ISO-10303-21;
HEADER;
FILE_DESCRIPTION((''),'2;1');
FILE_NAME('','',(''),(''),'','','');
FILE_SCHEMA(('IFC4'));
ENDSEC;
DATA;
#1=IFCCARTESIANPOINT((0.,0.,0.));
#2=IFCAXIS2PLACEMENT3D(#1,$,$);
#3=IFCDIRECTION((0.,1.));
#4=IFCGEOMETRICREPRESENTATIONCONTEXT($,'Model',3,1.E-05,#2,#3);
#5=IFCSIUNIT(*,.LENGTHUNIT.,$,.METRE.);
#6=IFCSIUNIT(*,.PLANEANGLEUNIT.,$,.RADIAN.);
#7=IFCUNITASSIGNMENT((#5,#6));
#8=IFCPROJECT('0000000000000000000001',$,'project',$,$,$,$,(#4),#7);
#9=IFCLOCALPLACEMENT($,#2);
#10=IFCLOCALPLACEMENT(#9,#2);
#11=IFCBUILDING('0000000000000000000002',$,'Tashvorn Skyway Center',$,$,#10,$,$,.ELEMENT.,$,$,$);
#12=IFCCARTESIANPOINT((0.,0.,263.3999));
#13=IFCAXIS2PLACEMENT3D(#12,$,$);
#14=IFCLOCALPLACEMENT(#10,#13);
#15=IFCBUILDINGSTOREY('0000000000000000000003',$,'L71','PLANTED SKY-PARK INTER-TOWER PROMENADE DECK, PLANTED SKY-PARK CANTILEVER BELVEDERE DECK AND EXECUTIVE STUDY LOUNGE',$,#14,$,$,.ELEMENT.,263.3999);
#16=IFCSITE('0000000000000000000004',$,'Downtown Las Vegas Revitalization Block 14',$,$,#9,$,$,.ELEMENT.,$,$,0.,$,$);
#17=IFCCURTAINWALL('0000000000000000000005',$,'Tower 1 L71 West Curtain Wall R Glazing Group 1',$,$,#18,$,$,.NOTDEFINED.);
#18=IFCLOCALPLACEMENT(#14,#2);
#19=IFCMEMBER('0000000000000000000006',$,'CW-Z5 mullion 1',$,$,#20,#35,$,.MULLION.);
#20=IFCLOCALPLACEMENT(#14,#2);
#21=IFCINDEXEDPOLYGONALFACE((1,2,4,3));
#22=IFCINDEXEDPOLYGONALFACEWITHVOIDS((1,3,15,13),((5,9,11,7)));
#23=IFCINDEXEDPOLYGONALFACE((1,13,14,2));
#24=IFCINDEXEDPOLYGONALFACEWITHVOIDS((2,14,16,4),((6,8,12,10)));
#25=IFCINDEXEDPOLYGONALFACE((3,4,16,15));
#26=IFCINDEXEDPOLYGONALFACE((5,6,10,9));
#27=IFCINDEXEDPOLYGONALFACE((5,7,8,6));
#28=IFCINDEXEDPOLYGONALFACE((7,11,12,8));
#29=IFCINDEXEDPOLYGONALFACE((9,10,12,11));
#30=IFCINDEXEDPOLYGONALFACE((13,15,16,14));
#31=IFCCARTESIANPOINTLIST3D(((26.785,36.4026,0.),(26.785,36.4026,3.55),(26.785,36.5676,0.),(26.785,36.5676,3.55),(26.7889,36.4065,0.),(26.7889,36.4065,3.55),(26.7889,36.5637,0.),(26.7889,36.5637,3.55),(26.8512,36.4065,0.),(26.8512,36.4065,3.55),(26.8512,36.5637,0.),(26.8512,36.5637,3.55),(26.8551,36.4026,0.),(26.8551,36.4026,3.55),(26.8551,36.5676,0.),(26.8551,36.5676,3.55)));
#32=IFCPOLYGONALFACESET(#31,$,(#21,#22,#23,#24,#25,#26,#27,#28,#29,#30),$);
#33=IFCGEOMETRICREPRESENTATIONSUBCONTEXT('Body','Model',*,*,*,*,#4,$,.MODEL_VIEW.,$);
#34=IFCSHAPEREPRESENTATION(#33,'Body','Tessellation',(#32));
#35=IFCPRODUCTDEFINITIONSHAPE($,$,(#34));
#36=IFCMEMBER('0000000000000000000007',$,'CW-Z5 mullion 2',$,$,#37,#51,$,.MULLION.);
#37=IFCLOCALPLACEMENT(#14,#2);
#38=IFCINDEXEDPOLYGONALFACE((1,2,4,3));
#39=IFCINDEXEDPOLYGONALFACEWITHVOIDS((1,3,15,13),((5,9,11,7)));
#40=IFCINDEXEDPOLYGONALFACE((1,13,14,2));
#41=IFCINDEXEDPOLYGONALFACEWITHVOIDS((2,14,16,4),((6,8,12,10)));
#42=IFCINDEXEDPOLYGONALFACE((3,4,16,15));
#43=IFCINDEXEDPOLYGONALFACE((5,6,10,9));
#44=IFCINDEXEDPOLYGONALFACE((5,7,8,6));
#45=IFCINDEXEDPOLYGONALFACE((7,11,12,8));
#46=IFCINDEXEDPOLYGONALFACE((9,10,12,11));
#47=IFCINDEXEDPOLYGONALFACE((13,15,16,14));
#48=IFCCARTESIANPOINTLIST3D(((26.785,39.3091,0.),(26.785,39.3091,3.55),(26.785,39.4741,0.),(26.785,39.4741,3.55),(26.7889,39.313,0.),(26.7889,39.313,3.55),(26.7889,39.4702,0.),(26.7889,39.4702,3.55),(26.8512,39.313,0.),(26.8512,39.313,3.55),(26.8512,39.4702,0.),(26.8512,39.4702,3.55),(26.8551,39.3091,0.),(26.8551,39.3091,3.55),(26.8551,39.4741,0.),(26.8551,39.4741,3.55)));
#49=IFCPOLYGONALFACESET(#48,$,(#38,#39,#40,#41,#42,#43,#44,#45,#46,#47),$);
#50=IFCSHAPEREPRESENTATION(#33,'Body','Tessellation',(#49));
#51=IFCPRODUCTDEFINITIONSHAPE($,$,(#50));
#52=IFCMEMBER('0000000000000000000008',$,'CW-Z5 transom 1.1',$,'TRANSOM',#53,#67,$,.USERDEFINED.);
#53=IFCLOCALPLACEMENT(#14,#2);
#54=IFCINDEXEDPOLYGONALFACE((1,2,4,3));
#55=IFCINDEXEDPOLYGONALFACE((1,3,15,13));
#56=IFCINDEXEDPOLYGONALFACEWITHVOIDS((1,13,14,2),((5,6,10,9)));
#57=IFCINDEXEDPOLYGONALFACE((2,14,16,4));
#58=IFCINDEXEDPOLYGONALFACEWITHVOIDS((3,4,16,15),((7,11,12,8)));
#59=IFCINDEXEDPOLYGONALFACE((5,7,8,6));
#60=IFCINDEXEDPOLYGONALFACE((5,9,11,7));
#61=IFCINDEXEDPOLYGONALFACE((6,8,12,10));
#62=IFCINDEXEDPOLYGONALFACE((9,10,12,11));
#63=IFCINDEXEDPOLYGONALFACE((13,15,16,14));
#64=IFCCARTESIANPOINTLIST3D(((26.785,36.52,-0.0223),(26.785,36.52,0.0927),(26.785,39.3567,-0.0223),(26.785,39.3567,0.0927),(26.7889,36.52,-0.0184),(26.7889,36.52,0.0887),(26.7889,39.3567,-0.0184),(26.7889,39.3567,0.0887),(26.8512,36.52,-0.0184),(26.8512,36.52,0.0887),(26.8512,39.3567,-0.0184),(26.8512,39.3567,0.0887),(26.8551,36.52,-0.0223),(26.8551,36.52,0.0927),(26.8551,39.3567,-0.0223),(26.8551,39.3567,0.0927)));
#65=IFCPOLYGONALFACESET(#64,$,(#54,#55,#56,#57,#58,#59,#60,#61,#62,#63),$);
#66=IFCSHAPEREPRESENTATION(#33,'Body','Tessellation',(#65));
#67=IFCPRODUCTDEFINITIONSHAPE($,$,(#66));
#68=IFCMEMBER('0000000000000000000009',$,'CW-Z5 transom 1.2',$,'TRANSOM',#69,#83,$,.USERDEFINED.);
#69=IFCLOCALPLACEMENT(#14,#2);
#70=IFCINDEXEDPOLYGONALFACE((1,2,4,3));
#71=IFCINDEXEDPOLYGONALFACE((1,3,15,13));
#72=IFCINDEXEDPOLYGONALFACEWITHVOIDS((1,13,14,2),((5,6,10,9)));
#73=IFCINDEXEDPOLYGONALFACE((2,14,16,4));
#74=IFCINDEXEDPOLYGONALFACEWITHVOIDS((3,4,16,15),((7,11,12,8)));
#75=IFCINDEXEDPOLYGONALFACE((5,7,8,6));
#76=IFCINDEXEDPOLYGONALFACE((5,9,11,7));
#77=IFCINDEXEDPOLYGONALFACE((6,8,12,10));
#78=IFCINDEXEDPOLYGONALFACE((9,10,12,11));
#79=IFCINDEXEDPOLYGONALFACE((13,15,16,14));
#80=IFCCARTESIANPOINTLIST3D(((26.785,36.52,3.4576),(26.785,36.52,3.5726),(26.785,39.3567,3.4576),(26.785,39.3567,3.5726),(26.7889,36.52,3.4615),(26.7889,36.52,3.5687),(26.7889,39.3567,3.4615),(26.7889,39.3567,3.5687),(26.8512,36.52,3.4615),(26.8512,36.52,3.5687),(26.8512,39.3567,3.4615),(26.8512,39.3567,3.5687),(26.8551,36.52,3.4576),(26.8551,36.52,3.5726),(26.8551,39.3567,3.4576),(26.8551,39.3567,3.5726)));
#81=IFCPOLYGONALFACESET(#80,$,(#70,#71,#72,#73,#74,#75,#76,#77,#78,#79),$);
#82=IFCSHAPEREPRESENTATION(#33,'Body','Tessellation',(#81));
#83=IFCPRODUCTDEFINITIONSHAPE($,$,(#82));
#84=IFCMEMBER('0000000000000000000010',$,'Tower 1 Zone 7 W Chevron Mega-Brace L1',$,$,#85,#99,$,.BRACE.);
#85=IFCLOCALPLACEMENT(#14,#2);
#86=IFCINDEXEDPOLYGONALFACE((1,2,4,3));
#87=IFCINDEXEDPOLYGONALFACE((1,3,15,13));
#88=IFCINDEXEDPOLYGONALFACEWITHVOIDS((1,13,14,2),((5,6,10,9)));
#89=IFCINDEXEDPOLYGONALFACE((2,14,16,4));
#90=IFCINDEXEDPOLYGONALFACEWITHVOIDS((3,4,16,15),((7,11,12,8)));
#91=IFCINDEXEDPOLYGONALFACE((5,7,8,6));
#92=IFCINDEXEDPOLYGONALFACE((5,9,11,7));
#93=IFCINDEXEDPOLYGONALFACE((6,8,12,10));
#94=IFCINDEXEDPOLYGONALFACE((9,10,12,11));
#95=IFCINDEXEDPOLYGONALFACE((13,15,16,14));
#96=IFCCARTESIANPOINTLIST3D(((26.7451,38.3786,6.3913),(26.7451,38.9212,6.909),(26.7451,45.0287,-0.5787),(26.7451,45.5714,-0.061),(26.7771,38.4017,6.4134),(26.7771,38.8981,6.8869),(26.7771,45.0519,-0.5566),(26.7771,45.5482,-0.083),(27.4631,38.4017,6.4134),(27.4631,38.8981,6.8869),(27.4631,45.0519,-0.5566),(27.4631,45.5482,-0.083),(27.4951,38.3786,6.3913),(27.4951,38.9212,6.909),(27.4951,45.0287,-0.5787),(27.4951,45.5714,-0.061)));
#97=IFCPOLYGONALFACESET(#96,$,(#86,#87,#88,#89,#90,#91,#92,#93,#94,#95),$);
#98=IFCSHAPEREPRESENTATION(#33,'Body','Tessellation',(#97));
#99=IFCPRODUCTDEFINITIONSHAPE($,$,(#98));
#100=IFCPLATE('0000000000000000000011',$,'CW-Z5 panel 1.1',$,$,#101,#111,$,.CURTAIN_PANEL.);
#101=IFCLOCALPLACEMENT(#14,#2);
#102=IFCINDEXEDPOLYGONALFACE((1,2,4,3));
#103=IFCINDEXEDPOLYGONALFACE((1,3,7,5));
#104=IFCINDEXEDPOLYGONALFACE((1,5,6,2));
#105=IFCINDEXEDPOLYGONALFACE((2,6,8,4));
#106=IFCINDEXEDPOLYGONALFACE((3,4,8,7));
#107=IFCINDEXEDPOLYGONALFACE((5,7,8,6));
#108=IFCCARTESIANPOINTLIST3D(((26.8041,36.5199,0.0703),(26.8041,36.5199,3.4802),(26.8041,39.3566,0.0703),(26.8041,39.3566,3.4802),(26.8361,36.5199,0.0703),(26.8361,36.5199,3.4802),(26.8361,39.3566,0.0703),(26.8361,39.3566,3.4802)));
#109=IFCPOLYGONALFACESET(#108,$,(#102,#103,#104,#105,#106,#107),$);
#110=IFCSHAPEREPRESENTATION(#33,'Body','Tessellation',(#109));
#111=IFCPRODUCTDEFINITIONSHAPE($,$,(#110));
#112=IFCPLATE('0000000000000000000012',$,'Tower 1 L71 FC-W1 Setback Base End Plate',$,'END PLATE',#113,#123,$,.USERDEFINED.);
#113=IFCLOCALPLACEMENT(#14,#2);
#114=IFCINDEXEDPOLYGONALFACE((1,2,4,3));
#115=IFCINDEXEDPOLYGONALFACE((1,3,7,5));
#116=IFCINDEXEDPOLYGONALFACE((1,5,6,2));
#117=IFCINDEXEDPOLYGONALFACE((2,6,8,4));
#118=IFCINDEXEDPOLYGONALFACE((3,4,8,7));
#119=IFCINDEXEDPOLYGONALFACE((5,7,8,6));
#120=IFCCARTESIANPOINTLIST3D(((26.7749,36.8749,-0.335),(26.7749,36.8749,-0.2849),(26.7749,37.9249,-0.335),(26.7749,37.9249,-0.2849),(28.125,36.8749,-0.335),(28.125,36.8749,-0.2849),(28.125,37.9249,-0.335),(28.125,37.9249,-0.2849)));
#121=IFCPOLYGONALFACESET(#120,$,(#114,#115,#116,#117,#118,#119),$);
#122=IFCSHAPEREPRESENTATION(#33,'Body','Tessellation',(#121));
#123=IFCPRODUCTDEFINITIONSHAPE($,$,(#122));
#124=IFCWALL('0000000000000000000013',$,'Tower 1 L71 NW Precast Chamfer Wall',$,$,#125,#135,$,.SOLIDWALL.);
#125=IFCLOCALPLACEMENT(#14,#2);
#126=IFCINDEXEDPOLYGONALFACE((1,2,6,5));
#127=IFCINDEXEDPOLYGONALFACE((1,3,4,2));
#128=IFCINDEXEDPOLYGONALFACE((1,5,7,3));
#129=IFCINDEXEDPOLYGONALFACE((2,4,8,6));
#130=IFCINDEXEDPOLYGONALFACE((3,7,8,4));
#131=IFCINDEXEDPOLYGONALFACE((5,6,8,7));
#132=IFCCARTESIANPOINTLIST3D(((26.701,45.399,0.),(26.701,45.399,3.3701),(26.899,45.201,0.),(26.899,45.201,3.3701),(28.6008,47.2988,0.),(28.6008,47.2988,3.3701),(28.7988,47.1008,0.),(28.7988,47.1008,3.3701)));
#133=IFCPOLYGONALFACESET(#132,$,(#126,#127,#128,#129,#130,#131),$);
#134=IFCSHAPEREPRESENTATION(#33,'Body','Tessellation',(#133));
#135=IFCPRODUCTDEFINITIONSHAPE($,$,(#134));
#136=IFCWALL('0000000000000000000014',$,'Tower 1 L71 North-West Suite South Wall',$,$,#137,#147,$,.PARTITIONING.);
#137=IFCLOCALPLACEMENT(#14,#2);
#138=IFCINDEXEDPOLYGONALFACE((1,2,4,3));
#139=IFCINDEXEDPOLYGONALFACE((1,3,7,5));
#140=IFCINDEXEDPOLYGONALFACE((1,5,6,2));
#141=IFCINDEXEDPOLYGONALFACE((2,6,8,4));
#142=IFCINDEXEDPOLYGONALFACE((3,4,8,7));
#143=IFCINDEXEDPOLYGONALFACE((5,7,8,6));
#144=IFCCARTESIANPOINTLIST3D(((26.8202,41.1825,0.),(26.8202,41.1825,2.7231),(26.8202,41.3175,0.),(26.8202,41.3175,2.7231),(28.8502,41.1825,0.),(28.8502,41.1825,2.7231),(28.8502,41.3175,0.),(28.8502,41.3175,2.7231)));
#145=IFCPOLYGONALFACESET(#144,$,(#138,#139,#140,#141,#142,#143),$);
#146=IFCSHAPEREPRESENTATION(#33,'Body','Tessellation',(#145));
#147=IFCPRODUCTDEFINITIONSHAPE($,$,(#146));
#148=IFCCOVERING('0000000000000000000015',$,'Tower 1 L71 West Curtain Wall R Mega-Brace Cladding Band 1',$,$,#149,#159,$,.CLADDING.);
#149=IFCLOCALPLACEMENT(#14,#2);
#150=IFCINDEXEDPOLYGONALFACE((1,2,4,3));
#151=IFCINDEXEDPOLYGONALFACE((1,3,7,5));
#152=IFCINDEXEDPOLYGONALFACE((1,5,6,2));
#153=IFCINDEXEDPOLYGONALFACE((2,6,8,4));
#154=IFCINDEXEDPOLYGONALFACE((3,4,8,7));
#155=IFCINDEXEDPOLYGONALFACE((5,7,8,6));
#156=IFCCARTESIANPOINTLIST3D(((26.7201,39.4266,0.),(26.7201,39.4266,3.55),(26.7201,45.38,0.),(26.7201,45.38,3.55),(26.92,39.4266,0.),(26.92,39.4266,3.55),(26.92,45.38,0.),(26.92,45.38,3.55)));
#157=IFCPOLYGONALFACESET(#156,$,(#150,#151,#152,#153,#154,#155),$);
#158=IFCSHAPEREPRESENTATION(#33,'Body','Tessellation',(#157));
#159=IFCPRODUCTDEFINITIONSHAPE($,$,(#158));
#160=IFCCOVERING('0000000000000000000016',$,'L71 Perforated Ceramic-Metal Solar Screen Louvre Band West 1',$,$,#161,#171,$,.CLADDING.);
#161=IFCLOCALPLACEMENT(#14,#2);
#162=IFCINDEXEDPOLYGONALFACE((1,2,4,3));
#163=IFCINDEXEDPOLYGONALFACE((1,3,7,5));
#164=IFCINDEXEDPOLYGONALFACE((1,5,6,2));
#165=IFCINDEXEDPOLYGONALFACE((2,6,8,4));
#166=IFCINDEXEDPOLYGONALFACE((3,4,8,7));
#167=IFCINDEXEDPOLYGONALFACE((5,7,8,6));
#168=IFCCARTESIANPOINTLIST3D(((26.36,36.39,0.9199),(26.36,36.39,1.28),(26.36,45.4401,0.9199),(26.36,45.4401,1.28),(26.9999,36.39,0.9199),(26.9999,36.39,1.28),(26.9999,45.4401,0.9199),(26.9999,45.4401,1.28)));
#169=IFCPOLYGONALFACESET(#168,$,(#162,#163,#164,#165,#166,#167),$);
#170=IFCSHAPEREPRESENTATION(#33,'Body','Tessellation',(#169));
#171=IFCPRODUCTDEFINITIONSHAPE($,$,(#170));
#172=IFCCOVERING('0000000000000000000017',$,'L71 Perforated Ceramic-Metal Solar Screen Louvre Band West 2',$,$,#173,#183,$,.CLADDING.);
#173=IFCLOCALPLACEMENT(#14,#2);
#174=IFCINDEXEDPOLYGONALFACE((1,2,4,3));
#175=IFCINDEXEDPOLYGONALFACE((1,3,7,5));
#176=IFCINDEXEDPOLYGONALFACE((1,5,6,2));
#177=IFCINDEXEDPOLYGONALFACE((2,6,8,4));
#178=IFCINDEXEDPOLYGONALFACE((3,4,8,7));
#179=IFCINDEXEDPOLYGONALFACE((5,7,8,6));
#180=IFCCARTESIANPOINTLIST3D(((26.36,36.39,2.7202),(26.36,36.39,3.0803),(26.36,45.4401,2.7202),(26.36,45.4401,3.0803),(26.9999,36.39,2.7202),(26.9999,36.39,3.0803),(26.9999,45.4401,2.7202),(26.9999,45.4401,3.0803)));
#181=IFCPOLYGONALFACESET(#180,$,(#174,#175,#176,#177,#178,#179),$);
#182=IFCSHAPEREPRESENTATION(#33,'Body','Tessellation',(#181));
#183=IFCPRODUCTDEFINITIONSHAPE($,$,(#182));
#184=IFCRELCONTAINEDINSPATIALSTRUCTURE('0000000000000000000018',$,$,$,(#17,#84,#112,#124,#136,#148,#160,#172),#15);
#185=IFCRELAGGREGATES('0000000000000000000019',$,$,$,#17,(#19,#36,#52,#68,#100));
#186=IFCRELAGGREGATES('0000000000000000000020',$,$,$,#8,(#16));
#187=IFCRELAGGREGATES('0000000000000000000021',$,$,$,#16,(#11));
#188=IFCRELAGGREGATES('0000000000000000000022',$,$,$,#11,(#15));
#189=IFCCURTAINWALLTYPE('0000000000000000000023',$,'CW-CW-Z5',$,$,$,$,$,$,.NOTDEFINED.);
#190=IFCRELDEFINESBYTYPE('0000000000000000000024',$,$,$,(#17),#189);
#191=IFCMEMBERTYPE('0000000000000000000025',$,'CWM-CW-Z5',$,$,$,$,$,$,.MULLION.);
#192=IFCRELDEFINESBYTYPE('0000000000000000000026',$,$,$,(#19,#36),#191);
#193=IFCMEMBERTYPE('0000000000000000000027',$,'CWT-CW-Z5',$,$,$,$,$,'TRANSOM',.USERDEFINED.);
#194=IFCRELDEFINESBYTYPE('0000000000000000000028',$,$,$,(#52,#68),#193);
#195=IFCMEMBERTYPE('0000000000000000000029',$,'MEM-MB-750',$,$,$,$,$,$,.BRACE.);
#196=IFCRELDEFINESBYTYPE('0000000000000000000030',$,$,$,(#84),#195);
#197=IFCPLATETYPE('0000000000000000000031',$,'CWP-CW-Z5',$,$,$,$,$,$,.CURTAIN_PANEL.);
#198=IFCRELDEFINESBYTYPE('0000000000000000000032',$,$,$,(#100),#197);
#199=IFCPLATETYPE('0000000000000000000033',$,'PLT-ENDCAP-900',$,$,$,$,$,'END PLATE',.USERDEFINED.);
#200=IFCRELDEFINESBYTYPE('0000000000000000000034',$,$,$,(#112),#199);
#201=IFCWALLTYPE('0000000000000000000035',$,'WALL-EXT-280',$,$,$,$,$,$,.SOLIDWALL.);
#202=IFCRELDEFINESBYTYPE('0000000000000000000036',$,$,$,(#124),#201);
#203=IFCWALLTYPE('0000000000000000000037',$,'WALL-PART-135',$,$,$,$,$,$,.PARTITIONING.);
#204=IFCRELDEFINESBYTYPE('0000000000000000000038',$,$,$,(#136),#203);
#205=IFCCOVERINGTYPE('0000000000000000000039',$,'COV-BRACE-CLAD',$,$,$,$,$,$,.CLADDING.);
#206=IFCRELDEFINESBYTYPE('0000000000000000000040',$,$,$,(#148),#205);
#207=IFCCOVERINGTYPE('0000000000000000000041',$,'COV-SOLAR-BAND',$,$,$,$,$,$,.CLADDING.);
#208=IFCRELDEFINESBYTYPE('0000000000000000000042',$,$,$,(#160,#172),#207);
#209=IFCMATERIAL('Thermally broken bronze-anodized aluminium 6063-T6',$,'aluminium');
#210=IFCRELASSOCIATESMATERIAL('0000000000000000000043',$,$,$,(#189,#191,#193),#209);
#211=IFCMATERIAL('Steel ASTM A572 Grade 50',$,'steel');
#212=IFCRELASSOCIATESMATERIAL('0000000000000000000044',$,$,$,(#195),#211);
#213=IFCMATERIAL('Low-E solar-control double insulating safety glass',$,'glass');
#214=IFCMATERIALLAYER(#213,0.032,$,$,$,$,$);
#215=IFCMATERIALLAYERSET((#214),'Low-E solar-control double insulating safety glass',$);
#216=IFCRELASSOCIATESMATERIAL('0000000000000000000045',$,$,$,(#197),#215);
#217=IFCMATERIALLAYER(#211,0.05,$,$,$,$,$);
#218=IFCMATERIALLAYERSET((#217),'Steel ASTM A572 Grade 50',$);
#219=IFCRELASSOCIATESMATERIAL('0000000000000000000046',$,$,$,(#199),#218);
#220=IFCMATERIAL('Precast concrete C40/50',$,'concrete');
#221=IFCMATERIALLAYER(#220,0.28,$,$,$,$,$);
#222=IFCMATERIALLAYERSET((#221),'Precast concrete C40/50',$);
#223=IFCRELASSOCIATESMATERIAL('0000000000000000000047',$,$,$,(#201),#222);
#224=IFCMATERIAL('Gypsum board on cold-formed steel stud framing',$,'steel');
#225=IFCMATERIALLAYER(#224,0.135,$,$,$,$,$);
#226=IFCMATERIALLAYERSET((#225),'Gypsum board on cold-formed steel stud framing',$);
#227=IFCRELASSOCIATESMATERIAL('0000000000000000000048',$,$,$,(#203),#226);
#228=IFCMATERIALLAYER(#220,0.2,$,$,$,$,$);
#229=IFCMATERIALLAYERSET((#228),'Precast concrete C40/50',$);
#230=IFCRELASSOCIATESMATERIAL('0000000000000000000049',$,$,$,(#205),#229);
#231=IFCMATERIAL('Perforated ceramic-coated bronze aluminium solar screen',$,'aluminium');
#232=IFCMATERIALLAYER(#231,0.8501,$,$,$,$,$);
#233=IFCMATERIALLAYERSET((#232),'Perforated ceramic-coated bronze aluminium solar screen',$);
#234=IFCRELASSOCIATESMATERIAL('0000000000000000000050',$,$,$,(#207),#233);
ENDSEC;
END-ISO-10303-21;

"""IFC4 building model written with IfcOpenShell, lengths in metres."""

from ifc_helpers import new_model, si_unit, direction, frame, frame_2d, origin, origin_2d, place, context, subcontext, project, spatial, rectangle, hollow_rectangle, extrude, material, layer, layer_set, material_profile, profile_set, type_object, element, aggregate, save


model = new_model("IFC4")

# Units and contexts
model_context = context("Model", 3, precision=1e-05, world=origin(), true_north=direction((0.0, 1.0)))
body_context = subcontext(model_context, "Body", "Model", "MODEL_VIEW")
ifc_project = project(units=[si_unit("LENGTHUNIT", "METRE"), si_unit("PLANEANGLEUNIT", "RADIAN")], contexts=[model_context])

# Site, building, storey
site_placement = place(None, origin())
site = spatial("IfcSite", under=ifc_project, at=site_placement, Name="Downtown Las Vegas Revitalization Block 14", CompositionType="ELEMENT", RefElevation=0.0)
building_placement = place(site_placement, origin())
building = spatial("IfcBuilding", under=site, at=building_placement, Name="Tashvorn Skyway Center", CompositionType="ELEMENT")
storey_placement = place(building_placement, frame((0.0, 0.0, 263.3999)))
storey = spatial("IfcBuildingStorey", under=building, at=storey_placement, Name="L71", Description="PLANTED SKY-PARK INTER-TOWER PROMENADE DECK, PLANTED SKY-PARK CANTILEVER BELVEDERE DECK AND EXECUTIVE STUDY LOUNGE", CompositionType="ELEMENT", Elevation=263.3999)

# Shared definitions
ifc_material_1 = material(Name="Steel ASTM A572 Grade 50", Category="steel")

# Curtain wall, members
ifc_material_2 = material(Name="Thermally broken bronze-anodized aluminium 6063-T6", Category="aluminium")
curtain_wall_type = type_object("IfcCurtainWallType", Name="CW-CW-Z5", PredefinedType="NOTDEFINED", material=ifc_material_2)
curtain_wall_placement = place(storey_placement, origin())
curtain_wall = element("IfcCurtainWall", 1, at=curtain_wall_placement, inside=storey, type_object=curtain_wall_type, Name="Tower 1 L71 West Curtain Wall R Glazing Group 1", PredefinedType="NOTDEFINED")
ifc_material_profile_1 = material_profile(ifc_material_2, hollow_rectangle(XDim=0.0701, YDim=0.165, WallThickness=0.0039, at=origin_2d()), Name="ALU-MULL-70x165")
ifc_profile_set_1 = profile_set([ifc_material_profile_1], Name="Thermally broken bronze-anodized aluminium 6063-T6")
member_type_1 = type_object("IfcMemberType", Name="CWM-CW-Z5", PredefinedType="MULLION", material=ifc_profile_set_1)
member_1_placement = place(storey_placement, frame((26.8201, 36.4851, 0.0), z_axis=(0.0, 0.0, 1.0), x_axis=(-1.0, 0.0, 0.0)))
member_1 = element("IfcMember", 2, at=member_1_placement, type_object=member_type_1, Name="CW-Z5 mullion 1", PredefinedType="MULLION", context=body_context, shape_type="SweptSolid", body=[
    extrude(hollow_rectangle(XDim=0.0701, YDim=0.165, WallThickness=0.0039, at=origin_2d()), origin(), (0.0, 0.0, 1.0), 3.55),
])
member_2_placement = place(storey_placement, frame((26.8201, 39.3916, 0.0), z_axis=(0.0, 0.0, 1.0), x_axis=(-1.0, 0.0, 0.0)))
member_2 = element("IfcMember", 3, at=member_2_placement, type_object=member_type_1, Name="CW-Z5 mullion 2", PredefinedType="MULLION", context=body_context, shape_type="SweptSolid", body=[
    extrude(hollow_rectangle(XDim=0.0701, YDim=0.165, WallThickness=0.0039, at=origin_2d()), origin(), (0.0, 0.0, 1.0), 3.55),
])
ifc_material_profile_2 = material_profile(ifc_material_2, hollow_rectangle(XDim=0.0701, YDim=0.115, WallThickness=0.0039, at=origin_2d()), Name="ALU-TRAN-70x115")
ifc_profile_set_2 = profile_set([ifc_material_profile_2], Name="Thermally broken bronze-anodized aluminium 6063-T6")
member_type_2 = type_object("IfcMemberType", Name="CWT-CW-Z5", ElementType="TRANSOM", PredefinedType="USERDEFINED", material=ifc_profile_set_2)
member_3_placement = place(storey_placement, frame((26.8201, 36.52, 0.0352), z_axis=(0.0, 1.0, 0.0), x_axis=(-1.0, 0.0, 0.0)))
member_3 = element("IfcMember", 4, at=member_3_placement, type_object=member_type_2, Name="CW-Z5 transom 1.1", ObjectType="TRANSOM", PredefinedType="USERDEFINED", context=body_context, shape_type="SweptSolid", body=[
    extrude(hollow_rectangle(XDim=0.0701, YDim=0.115, WallThickness=0.0039, at=origin_2d()), origin(), (0.0, 0.0, 1.0), 2.8367),
])
member_4_placement = place(storey_placement, frame((26.8201, 36.52, 3.5151), z_axis=(0.0, 1.0, 0.0), x_axis=(-1.0, 0.0, 0.0)))
member_4 = element("IfcMember", 5, at=member_4_placement, type_object=member_type_2, Name="CW-Z5 transom 1.2", ObjectType="TRANSOM", PredefinedType="USERDEFINED", context=body_context, shape_type="SweptSolid", body=[
    extrude(hollow_rectangle(XDim=0.0701, YDim=0.115, WallThickness=0.0039, at=origin_2d()), origin(), (0.0, 0.0, 1.0), 2.8367),
])

# Member
ifc_material_profile_3 = material_profile(ifc_material_1, hollow_rectangle(XDim=0.75, YDim=0.75, WallThickness=0.032, at=origin_2d()), Name="BOX750x750x32")
ifc_profile_set_3 = profile_set([ifc_material_profile_3], Name="Steel ASTM A572 Grade 50")
member_type_3 = type_object("IfcMemberType", Name="MEM-MB-750", PredefinedType="BRACE", material=ifc_profile_set_3)
member_5_placement = place(storey_placement, frame((27.1201, 45.3, -0.3198), z_axis=(0.0, -0.690312, 0.723511), x_axis=(1.0, 0.0, 0.0)))
element("IfcMember", 6, at=member_5_placement, inside=storey, type_object=member_type_3, Name="Tower 1 Zone 7 W Chevron Mega-Brace L1", PredefinedType="BRACE", context=body_context, shape_type="SweptSolid", body=[
    extrude(hollow_rectangle(XDim=0.75, YDim=0.75, WallThickness=0.032, at=origin_2d()), origin(), (0.0, 0.0, 1.0), 9.6335),
])

# Plates
ifc_material_3 = material(Name="Low-E solar-control double insulating safety glass", Category="glass")
ifc_layer_1 = layer(ifc_material_3, 0.032)
ifc_layer_set_1 = layer_set([ifc_layer_1], Name="Low-E solar-control double insulating safety glass")
plate_type_1 = type_object("IfcPlateType", Name="CWP-CW-Z5", PredefinedType="CURTAIN_PANEL", material=ifc_layer_set_1)
plate_1_placement = place(storey_placement, frame((26.8201, 37.9382, 0.0703), z_axis=(0.0, 0.0, 1.0), x_axis=(0.0, 1.0, 0.0)))
plate_1 = element("IfcPlate", 7, at=plate_1_placement, type_object=plate_type_1, Name="CW-Z5 panel 1.1", PredefinedType="CURTAIN_PANEL", context=body_context, shape_type="SweptSolid", body=[
    extrude(rectangle(XDim=2.8367, YDim=0.032, at=origin_2d()), origin(), (0.0, 0.0, 1.0), 3.4099),
])
aggregate(curtain_wall, [member_1, member_2, member_3, member_4, plate_1])
ifc_layer_2 = layer(ifc_material_1, 0.05)
ifc_layer_set_2 = layer_set([ifc_layer_2], Name="Steel ASTM A572 Grade 50")
plate_type_2 = type_object("IfcPlateType", Name="PLT-ENDCAP-900", ElementType="END PLATE", PredefinedType="USERDEFINED", material=ifc_layer_set_2)
plate_2_placement = place(storey_placement, frame((27.45, 37.3999, -0.335), z_axis=(0.0, 0.0, 1.0), x_axis=(1.0, 0.0, 0.0)))
element("IfcPlate", 8, at=plate_2_placement, inside=storey, type_object=plate_type_2, Name="Tower 1 L71 FC-W1 Setback Base End Plate", ObjectType="END PLATE", PredefinedType="USERDEFINED", context=body_context, shape_type="SweptSolid", body=[
    extrude(rectangle(XDim=1.3501, YDim=1.05, at=origin_2d()), origin(), (0.0, 0.0, 1.0), 0.05),
])

# Walls
ifc_material_4 = material(Name="Precast concrete C40/50", Category="concrete")
ifc_layer_3 = layer(ifc_material_4, 0.28)
ifc_layer_set_3 = layer_set([ifc_layer_3], Name="Precast concrete C40/50")
wall_type_1 = type_object("IfcWallType", Name="WALL-EXT-280", PredefinedType="SOLIDWALL", material=ifc_layer_set_3)
wall_1_placement = place(storey_placement, frame((26.8, 45.3, 0.0), z_axis=(0.0, 0.0, 1.0), x_axis=(0.707107, 0.707107, 0.0)))
element("IfcWall", 9, at=wall_1_placement, inside=storey, type_object=wall_type_1, Name="Tower 1 L71 NW Precast Chamfer Wall", PredefinedType="SOLIDWALL", context=body_context, shape_type="SweptSolid", body=[
    extrude(rectangle(XDim=2.6868, YDim=0.28, at=frame_2d((1.3433, 0.0))), origin(), (0.0, 0.0, 1.0), 3.3701),
])
ifc_material_5 = material(Name="Gypsum board on cold-formed steel stud framing", Category="steel")
ifc_layer_4 = layer(ifc_material_5, 0.135)
ifc_layer_set_4 = layer_set([ifc_layer_4], Name="Gypsum board on cold-formed steel stud framing")
wall_type_2 = type_object("IfcWallType", Name="WALL-PART-135", PredefinedType="PARTITIONING", material=ifc_layer_set_4)
wall_2_placement = place(storey_placement, frame((26.8201, 41.25, 0.0), z_axis=(0.0, 0.0, 1.0), x_axis=(1.0, 0.0, 0.0)))
element("IfcWall", 10, at=wall_2_placement, inside=storey, type_object=wall_type_2, Name="Tower 1 L71 North-West Suite South Wall", PredefinedType="PARTITIONING", context=body_context, shape_type="SweptSolid", body=[
    extrude(rectangle(XDim=2.03, YDim=0.135, at=frame_2d((1.0151, 0.0))), origin(), (0.0, 0.0, 1.0), 2.7231),
])

# Coverings
ifc_layer_5 = layer(ifc_material_4, 0.2)
ifc_layer_set_5 = layer_set([ifc_layer_5], Name="Precast concrete C40/50")
covering_type_1 = type_object("IfcCoveringType", Name="COV-BRACE-CLAD", PredefinedType="CLADDING", material=ifc_layer_set_5)
covering_1_placement = place(storey_placement, frame((26.8201, 42.4033, 0.0), z_axis=(0.0, 0.0, 1.0), x_axis=(0.0, 1.0, 0.0)))
element("IfcCovering", 11, at=covering_1_placement, inside=storey, type_object=covering_type_1, Name="Tower 1 L71 West Curtain Wall R Mega-Brace Cladding Band 1", PredefinedType="CLADDING", context=body_context, shape_type="SweptSolid", body=[
    extrude(rectangle(XDim=5.9534, YDim=0.2, at=origin_2d()), origin(), (0.0, 0.0, 1.0), 3.55),
])
ifc_material_6 = material(Name="Perforated ceramic-coated bronze aluminium solar screen", Category="aluminium")
ifc_layer_6 = layer(ifc_material_6, 0.8501)
ifc_layer_set_6 = layer_set([ifc_layer_6], Name="Perforated ceramic-coated bronze aluminium solar screen")
covering_type_2 = type_object("IfcCoveringType", Name="COV-SOLAR-BAND", PredefinedType="CLADDING", material=ifc_layer_set_6)
for number, where, z_axis, x_axis, name in (
    (12, (26.6799, 40.915, 0.9199), (0.0, 0.0, 1.0), (0.0, 1.0, 0.0), "L71 Perforated Ceramic-Metal Solar Screen Louvre Band West 1"),
    (13, (26.6799, 40.915, 2.7202), (0.0, 0.0, 1.0), (0.0, 1.0, 0.0), "L71 Perforated Ceramic-Metal Solar Screen Louvre Band West 2"),
):
    element("IfcCovering", number, at=place(storey_placement, frame(where, z_axis=z_axis, x_axis=x_axis)), inside=storey, type_object=covering_type_2, Name=name, PredefinedType="CLADDING", context=body_context, shape_type="SweptSolid", body=[
        extrude(rectangle(XDim=9.05, YDim=0.6399, at=origin_2d()), origin(), (0.0, 0.0, 1.0), 0.3601),
    ])

save(model, "model.ifc")
